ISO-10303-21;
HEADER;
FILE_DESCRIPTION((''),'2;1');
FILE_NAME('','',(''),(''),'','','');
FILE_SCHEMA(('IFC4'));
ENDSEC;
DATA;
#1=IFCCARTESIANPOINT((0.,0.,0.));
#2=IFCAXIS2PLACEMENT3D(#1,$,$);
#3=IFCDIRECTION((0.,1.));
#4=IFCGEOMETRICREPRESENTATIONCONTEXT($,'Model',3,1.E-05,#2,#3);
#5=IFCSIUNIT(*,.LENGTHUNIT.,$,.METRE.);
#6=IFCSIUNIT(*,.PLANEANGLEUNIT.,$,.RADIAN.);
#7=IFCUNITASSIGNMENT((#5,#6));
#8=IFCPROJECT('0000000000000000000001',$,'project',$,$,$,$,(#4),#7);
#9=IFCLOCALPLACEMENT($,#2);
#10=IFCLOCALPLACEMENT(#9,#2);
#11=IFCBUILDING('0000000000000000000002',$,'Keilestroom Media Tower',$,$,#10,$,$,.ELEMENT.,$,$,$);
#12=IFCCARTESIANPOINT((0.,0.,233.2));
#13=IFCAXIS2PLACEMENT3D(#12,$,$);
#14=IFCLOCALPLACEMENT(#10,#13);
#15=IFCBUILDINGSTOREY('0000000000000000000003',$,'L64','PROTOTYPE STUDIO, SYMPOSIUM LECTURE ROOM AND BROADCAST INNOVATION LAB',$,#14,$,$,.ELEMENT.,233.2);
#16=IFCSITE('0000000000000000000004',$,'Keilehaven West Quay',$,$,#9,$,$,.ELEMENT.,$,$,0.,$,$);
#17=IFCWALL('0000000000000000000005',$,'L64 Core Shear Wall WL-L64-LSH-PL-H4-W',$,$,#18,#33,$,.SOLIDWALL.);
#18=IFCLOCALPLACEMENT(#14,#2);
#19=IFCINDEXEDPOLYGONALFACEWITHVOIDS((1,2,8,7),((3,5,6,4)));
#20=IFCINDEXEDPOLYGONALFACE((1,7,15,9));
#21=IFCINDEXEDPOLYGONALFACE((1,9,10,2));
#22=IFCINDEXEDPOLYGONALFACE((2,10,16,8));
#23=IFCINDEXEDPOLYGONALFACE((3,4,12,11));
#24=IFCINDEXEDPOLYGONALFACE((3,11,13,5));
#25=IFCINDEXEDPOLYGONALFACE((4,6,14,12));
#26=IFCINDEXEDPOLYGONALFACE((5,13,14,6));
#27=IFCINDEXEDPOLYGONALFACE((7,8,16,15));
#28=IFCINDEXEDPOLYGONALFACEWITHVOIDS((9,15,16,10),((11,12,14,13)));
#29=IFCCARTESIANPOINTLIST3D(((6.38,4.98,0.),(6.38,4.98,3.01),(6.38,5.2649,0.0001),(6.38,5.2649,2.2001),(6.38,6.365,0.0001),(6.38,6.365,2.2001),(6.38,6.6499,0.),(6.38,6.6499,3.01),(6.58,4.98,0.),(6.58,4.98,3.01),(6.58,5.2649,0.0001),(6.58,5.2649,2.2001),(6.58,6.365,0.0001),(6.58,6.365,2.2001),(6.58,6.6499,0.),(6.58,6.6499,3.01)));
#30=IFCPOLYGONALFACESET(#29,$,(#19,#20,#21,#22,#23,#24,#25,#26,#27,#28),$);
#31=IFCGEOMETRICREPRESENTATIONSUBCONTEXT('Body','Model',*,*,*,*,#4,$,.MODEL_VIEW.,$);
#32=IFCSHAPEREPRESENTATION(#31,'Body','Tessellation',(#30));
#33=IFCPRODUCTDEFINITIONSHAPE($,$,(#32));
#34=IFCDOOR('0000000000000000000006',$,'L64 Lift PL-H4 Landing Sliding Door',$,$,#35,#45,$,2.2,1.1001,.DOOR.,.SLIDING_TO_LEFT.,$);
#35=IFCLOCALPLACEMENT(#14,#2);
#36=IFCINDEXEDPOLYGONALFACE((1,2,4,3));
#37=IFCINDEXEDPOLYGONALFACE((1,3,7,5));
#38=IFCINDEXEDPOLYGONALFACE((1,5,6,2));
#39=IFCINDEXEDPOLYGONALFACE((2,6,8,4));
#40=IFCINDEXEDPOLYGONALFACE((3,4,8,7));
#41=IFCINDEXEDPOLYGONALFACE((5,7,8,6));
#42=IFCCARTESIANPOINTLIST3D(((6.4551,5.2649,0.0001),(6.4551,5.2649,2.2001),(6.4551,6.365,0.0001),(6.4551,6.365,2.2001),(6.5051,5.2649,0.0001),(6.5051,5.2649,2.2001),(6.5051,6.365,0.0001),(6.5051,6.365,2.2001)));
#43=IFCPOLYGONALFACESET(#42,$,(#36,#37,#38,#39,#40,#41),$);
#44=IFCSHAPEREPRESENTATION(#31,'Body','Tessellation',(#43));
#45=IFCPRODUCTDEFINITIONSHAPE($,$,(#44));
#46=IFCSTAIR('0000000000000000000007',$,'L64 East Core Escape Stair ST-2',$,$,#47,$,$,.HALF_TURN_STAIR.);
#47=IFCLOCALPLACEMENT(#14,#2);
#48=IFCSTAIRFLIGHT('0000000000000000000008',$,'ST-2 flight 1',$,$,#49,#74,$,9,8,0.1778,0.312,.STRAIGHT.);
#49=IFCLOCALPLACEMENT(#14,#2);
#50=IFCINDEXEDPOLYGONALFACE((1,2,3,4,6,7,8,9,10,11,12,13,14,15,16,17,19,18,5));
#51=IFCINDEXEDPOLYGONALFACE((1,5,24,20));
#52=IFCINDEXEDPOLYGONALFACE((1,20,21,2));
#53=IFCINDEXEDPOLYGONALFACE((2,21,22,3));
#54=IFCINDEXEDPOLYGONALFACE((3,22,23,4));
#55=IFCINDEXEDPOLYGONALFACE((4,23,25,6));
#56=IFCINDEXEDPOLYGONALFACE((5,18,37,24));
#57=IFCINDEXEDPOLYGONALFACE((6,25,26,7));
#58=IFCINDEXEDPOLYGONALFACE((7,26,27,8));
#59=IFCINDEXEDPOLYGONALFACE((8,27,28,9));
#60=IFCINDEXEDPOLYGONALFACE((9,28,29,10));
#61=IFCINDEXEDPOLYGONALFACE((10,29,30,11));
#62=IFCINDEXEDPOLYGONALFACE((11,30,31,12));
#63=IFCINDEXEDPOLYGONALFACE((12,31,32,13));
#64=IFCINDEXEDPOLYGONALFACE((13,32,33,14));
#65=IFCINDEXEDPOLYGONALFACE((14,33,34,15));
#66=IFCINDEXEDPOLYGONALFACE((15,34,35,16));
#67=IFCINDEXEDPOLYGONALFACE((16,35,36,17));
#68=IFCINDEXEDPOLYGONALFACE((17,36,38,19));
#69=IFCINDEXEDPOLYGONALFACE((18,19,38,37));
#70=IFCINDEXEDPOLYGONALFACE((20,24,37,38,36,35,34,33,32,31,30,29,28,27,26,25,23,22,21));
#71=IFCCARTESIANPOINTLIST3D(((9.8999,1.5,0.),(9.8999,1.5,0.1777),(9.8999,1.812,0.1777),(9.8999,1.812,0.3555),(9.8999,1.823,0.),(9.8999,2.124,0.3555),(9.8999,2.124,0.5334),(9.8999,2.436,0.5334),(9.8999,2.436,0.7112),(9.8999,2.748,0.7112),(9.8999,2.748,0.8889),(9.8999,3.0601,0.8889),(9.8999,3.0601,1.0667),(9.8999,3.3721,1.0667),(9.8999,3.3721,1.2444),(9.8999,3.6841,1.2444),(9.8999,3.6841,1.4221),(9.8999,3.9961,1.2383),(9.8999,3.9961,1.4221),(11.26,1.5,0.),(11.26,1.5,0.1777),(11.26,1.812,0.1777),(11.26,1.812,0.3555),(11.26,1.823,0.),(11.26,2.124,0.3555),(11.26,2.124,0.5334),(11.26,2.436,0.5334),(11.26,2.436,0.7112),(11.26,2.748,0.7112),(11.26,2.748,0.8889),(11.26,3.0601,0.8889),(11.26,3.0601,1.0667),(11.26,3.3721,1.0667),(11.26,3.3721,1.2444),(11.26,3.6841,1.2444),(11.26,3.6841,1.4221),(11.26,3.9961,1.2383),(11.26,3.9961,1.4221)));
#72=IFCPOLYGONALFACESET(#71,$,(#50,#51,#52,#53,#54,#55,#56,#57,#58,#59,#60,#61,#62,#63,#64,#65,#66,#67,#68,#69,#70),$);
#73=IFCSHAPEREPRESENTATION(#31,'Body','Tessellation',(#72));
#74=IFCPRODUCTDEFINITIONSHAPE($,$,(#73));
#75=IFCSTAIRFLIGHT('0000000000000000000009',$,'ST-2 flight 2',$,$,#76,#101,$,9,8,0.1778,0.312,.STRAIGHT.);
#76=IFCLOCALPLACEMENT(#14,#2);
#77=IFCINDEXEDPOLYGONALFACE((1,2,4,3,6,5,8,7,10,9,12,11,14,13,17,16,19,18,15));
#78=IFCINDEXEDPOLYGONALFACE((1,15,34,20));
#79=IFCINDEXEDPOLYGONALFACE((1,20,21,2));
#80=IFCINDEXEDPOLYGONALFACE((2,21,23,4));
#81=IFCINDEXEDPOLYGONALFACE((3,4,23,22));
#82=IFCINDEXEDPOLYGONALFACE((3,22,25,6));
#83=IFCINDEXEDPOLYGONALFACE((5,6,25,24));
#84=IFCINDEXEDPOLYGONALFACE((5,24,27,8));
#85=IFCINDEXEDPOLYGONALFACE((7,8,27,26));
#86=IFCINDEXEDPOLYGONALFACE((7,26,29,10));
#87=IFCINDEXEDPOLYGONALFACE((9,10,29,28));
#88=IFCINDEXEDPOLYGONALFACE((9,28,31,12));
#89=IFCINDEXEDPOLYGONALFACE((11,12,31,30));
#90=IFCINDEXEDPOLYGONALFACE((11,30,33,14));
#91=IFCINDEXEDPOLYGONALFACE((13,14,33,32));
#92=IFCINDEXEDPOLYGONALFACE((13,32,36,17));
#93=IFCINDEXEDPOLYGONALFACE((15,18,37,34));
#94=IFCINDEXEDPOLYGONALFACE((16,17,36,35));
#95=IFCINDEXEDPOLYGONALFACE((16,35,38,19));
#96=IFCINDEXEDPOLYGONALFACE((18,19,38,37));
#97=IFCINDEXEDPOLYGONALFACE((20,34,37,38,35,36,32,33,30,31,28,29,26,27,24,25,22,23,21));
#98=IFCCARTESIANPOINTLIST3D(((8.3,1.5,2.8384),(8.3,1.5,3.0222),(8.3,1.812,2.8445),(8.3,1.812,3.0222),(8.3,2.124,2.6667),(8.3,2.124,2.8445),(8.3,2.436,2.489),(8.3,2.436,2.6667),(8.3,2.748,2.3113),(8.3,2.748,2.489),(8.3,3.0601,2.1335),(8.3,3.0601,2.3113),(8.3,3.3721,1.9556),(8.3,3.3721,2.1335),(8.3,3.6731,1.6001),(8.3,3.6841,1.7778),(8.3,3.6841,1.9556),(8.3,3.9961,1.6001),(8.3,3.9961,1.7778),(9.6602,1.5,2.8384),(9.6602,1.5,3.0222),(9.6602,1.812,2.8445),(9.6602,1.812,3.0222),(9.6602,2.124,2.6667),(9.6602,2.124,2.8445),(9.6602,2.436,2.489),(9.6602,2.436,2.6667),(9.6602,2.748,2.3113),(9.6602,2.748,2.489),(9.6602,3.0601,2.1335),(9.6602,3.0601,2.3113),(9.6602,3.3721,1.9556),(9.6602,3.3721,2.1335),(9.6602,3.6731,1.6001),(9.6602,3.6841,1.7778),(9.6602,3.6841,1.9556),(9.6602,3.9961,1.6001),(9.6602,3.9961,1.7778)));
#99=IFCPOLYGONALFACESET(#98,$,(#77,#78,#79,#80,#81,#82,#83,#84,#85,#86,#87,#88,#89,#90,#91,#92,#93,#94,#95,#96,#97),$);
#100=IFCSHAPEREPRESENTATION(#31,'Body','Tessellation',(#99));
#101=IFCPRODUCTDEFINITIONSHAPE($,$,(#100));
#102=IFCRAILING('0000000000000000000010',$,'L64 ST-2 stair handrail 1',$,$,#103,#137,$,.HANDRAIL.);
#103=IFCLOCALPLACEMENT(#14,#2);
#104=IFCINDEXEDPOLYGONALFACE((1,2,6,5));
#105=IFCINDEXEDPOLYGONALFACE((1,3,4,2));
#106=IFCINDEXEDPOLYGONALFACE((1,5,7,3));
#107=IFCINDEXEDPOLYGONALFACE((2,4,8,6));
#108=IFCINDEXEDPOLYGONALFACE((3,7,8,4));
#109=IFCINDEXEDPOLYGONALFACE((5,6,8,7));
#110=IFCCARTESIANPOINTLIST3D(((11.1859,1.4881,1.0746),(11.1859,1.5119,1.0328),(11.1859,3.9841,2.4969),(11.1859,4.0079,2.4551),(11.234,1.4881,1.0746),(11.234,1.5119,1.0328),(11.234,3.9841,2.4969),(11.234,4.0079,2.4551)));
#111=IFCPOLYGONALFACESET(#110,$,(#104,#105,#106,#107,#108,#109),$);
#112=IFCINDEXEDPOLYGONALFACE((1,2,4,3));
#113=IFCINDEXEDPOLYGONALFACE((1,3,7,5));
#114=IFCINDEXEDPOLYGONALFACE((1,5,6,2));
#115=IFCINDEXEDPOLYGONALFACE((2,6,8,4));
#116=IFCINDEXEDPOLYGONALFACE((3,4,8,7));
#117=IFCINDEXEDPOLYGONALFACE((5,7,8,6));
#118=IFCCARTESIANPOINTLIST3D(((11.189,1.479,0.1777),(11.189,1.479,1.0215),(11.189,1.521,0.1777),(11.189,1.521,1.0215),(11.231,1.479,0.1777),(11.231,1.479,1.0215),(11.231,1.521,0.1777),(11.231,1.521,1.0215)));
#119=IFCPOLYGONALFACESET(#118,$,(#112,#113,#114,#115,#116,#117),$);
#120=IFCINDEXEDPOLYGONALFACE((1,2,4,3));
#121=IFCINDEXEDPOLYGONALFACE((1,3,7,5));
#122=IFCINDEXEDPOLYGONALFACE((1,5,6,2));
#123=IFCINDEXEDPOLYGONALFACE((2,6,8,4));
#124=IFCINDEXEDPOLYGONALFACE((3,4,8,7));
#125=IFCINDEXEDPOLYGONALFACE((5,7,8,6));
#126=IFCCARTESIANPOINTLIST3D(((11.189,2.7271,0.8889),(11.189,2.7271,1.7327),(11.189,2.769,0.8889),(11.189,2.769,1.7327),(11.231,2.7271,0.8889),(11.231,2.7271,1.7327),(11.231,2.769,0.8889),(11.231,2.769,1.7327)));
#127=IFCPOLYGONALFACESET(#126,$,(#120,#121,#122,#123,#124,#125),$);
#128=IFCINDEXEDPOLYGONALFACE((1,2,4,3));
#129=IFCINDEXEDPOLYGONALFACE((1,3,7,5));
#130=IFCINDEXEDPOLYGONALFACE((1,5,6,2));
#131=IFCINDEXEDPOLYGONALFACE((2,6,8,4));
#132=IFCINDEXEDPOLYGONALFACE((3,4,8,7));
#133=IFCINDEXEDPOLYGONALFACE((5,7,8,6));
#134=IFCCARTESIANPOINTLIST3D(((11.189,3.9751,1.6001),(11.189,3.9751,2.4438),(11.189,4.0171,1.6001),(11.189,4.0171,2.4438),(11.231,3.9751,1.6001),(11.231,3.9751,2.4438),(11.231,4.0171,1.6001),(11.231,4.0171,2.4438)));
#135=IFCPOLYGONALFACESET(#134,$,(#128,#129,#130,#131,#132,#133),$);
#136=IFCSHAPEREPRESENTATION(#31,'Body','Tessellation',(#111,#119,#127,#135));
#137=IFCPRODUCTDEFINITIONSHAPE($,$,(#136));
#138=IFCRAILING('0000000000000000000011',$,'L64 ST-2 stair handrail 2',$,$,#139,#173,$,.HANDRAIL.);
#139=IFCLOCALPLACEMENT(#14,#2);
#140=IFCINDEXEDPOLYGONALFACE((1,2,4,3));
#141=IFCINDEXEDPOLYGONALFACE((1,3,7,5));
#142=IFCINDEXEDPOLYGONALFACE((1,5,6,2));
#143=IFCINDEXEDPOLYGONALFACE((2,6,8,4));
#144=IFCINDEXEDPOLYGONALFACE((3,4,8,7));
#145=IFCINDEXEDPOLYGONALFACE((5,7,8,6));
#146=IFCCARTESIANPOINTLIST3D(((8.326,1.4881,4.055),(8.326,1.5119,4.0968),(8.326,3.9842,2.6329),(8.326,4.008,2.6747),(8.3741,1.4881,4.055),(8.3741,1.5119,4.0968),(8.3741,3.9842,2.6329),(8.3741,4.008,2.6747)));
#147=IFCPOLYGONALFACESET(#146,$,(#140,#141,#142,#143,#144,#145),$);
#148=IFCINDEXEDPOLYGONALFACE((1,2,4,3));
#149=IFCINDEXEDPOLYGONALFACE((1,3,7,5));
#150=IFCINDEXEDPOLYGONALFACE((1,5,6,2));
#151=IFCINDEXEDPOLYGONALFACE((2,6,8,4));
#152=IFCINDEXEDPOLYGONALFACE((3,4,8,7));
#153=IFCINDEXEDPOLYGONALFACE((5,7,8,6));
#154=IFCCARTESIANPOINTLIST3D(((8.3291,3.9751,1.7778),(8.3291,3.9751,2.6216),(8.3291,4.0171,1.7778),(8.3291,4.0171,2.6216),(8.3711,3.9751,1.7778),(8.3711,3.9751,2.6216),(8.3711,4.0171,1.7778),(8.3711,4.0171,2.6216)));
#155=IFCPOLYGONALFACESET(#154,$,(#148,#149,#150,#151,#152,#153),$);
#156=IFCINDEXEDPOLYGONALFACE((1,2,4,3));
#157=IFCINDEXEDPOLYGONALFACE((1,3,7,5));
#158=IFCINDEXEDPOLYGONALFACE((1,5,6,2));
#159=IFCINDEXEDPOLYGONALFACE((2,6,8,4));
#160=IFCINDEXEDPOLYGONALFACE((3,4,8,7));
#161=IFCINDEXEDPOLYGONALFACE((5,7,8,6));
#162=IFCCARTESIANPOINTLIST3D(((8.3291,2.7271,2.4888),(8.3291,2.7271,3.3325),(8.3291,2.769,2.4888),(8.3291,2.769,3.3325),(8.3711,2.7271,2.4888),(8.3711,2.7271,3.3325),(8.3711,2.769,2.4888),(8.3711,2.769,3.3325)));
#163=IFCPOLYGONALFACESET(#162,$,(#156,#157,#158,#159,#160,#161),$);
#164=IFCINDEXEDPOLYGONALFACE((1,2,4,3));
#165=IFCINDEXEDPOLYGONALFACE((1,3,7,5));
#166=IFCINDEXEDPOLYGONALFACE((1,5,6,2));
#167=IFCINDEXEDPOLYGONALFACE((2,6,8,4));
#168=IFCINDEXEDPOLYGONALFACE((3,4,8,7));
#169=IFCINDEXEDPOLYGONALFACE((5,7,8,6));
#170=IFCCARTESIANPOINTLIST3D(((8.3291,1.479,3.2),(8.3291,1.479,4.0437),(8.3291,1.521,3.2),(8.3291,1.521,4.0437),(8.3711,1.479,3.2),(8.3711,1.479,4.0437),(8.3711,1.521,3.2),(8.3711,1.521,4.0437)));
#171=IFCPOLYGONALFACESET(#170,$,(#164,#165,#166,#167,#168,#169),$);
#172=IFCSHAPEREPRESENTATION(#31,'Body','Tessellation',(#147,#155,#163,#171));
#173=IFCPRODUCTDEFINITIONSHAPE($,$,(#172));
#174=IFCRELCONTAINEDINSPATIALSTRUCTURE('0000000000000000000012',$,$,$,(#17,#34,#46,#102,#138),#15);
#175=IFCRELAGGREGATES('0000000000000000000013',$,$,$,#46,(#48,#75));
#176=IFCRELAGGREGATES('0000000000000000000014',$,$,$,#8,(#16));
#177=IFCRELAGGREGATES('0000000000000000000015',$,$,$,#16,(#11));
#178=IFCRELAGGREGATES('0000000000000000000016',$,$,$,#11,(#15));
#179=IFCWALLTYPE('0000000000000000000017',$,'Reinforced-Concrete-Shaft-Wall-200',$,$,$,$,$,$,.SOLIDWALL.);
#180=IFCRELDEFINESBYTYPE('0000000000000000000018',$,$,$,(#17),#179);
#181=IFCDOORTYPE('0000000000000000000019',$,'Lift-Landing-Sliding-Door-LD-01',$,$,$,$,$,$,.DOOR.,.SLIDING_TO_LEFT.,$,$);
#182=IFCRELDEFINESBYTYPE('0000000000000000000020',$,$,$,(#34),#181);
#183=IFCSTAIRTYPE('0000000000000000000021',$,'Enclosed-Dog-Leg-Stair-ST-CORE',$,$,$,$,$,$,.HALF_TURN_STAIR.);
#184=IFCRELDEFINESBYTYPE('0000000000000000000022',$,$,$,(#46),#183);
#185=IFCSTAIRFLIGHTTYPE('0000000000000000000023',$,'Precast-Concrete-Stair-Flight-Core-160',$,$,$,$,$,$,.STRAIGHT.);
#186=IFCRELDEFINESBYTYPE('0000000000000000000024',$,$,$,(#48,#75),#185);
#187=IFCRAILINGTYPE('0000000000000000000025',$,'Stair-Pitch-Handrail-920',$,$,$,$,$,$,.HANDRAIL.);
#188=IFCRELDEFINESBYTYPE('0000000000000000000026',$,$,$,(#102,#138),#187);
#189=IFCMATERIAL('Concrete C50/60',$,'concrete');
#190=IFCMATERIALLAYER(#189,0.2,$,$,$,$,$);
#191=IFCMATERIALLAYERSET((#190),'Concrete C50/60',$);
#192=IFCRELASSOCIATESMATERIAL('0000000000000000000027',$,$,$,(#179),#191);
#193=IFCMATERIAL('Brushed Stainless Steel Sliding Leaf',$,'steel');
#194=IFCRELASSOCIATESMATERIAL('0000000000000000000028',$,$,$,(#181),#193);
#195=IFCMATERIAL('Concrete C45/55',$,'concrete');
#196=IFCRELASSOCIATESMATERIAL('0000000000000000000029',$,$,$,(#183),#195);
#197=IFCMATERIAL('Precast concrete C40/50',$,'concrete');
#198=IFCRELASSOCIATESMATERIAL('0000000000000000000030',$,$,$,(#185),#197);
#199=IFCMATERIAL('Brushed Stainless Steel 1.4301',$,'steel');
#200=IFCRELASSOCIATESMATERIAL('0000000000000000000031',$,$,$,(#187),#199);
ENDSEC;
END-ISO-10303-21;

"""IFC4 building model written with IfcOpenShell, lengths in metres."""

from ifc_helpers import new_model, si_unit, direction, frame, frame_2d, origin, origin_2d, place, context, subcontext, project, spatial, polyline, rectangle, outline, extrude, source, transform, mapped, material, layer, layer_set, type_object, element, fill, aggregate, save


model = new_model("IFC4")

# Units and contexts
model_context = context("Model", 3, precision=1e-05, world=origin(), true_north=direction((0.0, 1.0)))
body_context = subcontext(model_context, "Body", "Model", "MODEL_VIEW")
ifc_project = project(units=[si_unit("LENGTHUNIT", "METRE"), si_unit("PLANEANGLEUNIT", "RADIAN")], contexts=[model_context])

# Site, building, storey
site_placement = place(None, origin())
site = spatial("IfcSite", under=ifc_project, at=site_placement, Name="Keilehaven West Quay", CompositionType="ELEMENT", RefElevation=0.0)
building_placement = place(site_placement, origin())
building = spatial("IfcBuilding", under=site, at=building_placement, Name="Keilestroom Media Tower", CompositionType="ELEMENT")
storey_placement = place(building_placement, frame((0.0, 0.0, 233.2)))
storey = spatial("IfcBuildingStorey", under=building, at=storey_placement, Name="L64", Description="PROTOTYPE STUDIO, SYMPOSIUM LECTURE ROOM AND BROADCAST INNOVATION LAB", CompositionType="ELEMENT", Elevation=233.2)

# Shared definitions
ifc_material_1 = material(Name="Concrete C50/60", Category="concrete")
ifc_layer_1 = layer(ifc_material_1, 0.2)
ifc_layer_set_1 = layer_set([ifc_layer_1], Name="Concrete C50/60")
wall_type_1 = type_object("IfcWallType", Name="Reinforced-Concrete-Shaft-Wall-200", PredefinedType="SOLIDWALL", material=ifc_layer_set_1)

# Shared definitions
ifc_material_2 = material(Name="Brushed Stainless Steel Sliding Leaf", Category="steel")
door_type = type_object("IfcDoorType", Name="Lift-Landing-Sliding-Door-LD-01", OperationType="SLIDING_TO_LEFT", PredefinedType="DOOR", material=ifc_material_2)
shared_shape_1 = source(origin(), body_context, "Body", "SweptSolid", [
    extrude(rectangle(XDim=1.1001, YDim=2.2, at=frame_2d((0.55, 1.1001))), frame((0.0, 0.0249, 0.0), z_axis=(0.0, -1.0, 0.0), x_axis=(1.0, 0.0, 0.0)), (0.0, 0.0, 1.0), 0.05),
])

# Wall, opening, door
wall_1_placement = place(storey_placement, frame((6.48, 4.98, 0.0), z_axis=(0.0, 0.0, 1.0), x_axis=(0.0, 1.0, 0.0)))
wall_1 = element("IfcWall", 1, at=wall_1_placement, inside=storey, type_object=wall_type_1, Name="L64 Core Shear Wall WL-L64-LSH-PL-H4-W", PredefinedType="SOLIDWALL", context=body_context, shape_type="SweptSolid", body=[
    extrude(rectangle(XDim=1.6699, YDim=0.2, at=frame_2d((0.835, 0.0))), origin(), (0.0, 0.0, 1.0), 3.01),
])
opening_1_placement = place(wall_1_placement, frame((0.2849, 0.0, 0.0)))
opening_1 = element("IfcOpeningElement", 2, at=opening_1_placement, cuts=wall_1, PredefinedType="OPENING", context=body_context, shape_type="SweptSolid", body=[
    extrude(rectangle(XDim=1.1001, YDim=2.2, at=frame_2d((0.55, 1.1001))), frame((0.0, 0.1099, 0.0), z_axis=(0.0, -1.0, 0.0), x_axis=(1.0, 0.0, 0.0)), (0.0, 0.0, 1.0), 0.22),
])
door_1_placement = place(opening_1_placement, origin())
door_1 = element("IfcDoor", 3, at=door_1_placement, inside=storey, type_object=door_type, Name="L64 Lift PL-H4 Landing Sliding Door", OperationType="SLIDING_TO_LEFT", OverallHeight=2.2, OverallWidth=1.1001, PredefinedType="DOOR", context=body_context, shape_type="MappedRepresentation", body=[
    mapped(shared_shape_1, transform((0.0, 0.0, 0.0), x_axis=(1.0, 0.0, 0.0), y_axis=(0.0, 1.0, 0.0), z_axis=(0.0, 0.0, 1.0), scale=1.0)),
])
fill(opening_1, door_1)

# Stair, stair flights
ifc_material_3 = material(Name="Concrete C45/55", Category="concrete")
stair_type = type_object("IfcStairType", Name="Enclosed-Dog-Leg-Stair-ST-CORE", PredefinedType="HALF_TURN_STAIR", material=ifc_material_3)
stair_placement = place(storey_placement, origin())
stair = element("IfcStair", 4, at=stair_placement, inside=storey, type_object=stair_type, Name="L64 East Core Escape Stair ST-2", PredefinedType="HALF_TURN_STAIR")
ifc_material_4 = material(Name="Precast concrete C40/50", Category="concrete")
stair_flight_type = type_object("IfcStairFlightType", Name="Precast-Concrete-Stair-Flight-Core-160", PredefinedType="STRAIGHT", material=ifc_material_4)
stair_flight_1_placement = place(storey_placement, frame((10.5801, 1.5, 0.0), z_axis=(0.0, 0.0, 1.0), x_axis=(0.0, 1.0, 0.0)))
stair_flight_1 = element("IfcStairFlight", 5, at=stair_flight_1_placement, type_object=stair_flight_type, Name="ST-2 flight 1", NumberOfRisers=9, NumberOfTreads=8, PredefinedType="STRAIGHT", RiserHeight=0.1778, TreadLength=0.312, context=body_context, shape_type="SweptSolid", body=[
    extrude(outline(polyline([(0.0, 0.0), (0.0, 0.1777), (0.312, 0.1777), (0.312, 0.3555), (0.624, 0.3555), (0.624, 0.5334), (0.936, 0.5334), (0.936, 0.7112), (1.248, 0.7112), (1.248, 0.8889), (1.5601, 0.8889), (1.5601, 1.0667), (1.8721, 1.0667), (1.8721, 1.2444), (2.1841, 1.2444), (2.1841, 1.4221), (2.4961, 1.4221), (2.4961, 1.6001), (2.4961, 1.2383), (0.323, 0.0), (0.0, 0.0)])), frame((0.0, 0.6802, 0.0), z_axis=(0.0, -1.0, 0.0), x_axis=(1.0, 0.0, 0.0)), (0.0, 0.0, 1.0), 1.3601),
])
stair_flight_2_placement = place(storey_placement, frame((8.98, 3.9961, 1.6001), z_axis=(0.0, 0.0, 1.0), x_axis=(0.0, -1.0, 0.0)))
stair_flight_2 = element("IfcStairFlight", 6, at=stair_flight_2_placement, type_object=stair_flight_type, Name="ST-2 flight 2", NumberOfRisers=9, NumberOfTreads=8, PredefinedType="STRAIGHT", RiserHeight=0.1778, TreadLength=0.312, context=body_context, shape_type="SweptSolid", body=[
    extrude(outline(polyline([(0.0, 0.0), (0.0, 0.1777), (0.312, 0.1777), (0.312, 0.3555), (0.624, 0.3555), (0.624, 0.5334), (0.936, 0.5334), (0.936, 0.7112), (1.248, 0.7112), (1.248, 0.8889), (1.5601, 0.8889), (1.5601, 1.0667), (1.8721, 1.0667), (1.8721, 1.2444), (2.1841, 1.2444), (2.1841, 1.4221), (2.4961, 1.4221), (2.4961, 1.6001), (2.4961, 1.2383), (0.323, 0.0), (0.0, 0.0)])), frame((0.0, 0.6802, 0.0), z_axis=(0.0, -1.0, 0.0), x_axis=(1.0, 0.0, 0.0)), (0.0, 0.0, 1.0), 1.3601),
])
aggregate(stair, [stair_flight_1, stair_flight_2])

# Railings
ifc_material_5 = material(Name="Brushed Stainless Steel 1.4301", Category="steel")
railing_type_1 = type_object("IfcRailingType", Name="Stair-Pitch-Handrail-920", PredefinedType="HANDRAIL", material=ifc_material_5)
railing_1_placement = place(storey_placement, frame((11.21, 1.5, 0.1777)))
element("IfcRailing", 7, at=railing_1_placement, inside=storey, type_object=railing_type_1, Name="L64 ST-2 stair handrail 1", PredefinedType="HANDRAIL", context=body_context, shape_type="SweptSolid", body=[
    extrude(rectangle(XDim=0.0481, YDim=0.0481, at=origin_2d()), frame((0.0, 0.0, 0.876), z_axis=(0.0, 0.868839, 0.495095), x_axis=(-1.0, 0.0, 0.0)), (0.0, 0.0, 1.0), 2.8728),
    extrude(rectangle(XDim=0.042, YDim=0.042, at=origin_2d()), origin(), (0.0, 0.0, 1.0), 0.8438),
    extrude(rectangle(XDim=0.042, YDim=0.042, at=origin_2d()), frame((0.0, 1.248, 0.7112)), (0.0, 0.0, 1.0), 0.8438),
    extrude(rectangle(XDim=0.042, YDim=0.042, at=origin_2d()), frame((0.0, 2.4961, 1.4224)), (0.0, 0.0, 1.0), 0.8438),
])
railing_2_placement = place(storey_placement, frame((8.3501, 3.9961, 1.7778)))
element("IfcRailing", 8, at=railing_2_placement, inside=storey, type_object=railing_type_1, Name="L64 ST-2 stair handrail 2", PredefinedType="HANDRAIL", context=body_context, shape_type="SweptSolid", body=[
    extrude(rectangle(XDim=0.0481, YDim=0.0481, at=origin_2d()), frame((0.0, 0.0, 0.876), z_axis=(0.0, -0.868875, 0.495031), x_axis=(1.0, 0.0, 0.0)), (0.0, 0.0, 1.0), 2.8728),
    extrude(rectangle(XDim=0.042, YDim=0.042, at=origin_2d()), origin(), (0.0, 0.0, 1.0), 0.8438),
    extrude(rectangle(XDim=0.042, YDim=0.042, at=origin_2d()), frame((0.0, -1.248, 0.7109)), (0.0, 0.0, 1.0), 0.8438),
    extrude(rectangle(XDim=0.042, YDim=0.042, at=origin_2d()), frame((0.0, -2.4961, 1.4221)), (0.0, 0.0, 1.0), 0.8438),
])

save(model, "model.ifc")
